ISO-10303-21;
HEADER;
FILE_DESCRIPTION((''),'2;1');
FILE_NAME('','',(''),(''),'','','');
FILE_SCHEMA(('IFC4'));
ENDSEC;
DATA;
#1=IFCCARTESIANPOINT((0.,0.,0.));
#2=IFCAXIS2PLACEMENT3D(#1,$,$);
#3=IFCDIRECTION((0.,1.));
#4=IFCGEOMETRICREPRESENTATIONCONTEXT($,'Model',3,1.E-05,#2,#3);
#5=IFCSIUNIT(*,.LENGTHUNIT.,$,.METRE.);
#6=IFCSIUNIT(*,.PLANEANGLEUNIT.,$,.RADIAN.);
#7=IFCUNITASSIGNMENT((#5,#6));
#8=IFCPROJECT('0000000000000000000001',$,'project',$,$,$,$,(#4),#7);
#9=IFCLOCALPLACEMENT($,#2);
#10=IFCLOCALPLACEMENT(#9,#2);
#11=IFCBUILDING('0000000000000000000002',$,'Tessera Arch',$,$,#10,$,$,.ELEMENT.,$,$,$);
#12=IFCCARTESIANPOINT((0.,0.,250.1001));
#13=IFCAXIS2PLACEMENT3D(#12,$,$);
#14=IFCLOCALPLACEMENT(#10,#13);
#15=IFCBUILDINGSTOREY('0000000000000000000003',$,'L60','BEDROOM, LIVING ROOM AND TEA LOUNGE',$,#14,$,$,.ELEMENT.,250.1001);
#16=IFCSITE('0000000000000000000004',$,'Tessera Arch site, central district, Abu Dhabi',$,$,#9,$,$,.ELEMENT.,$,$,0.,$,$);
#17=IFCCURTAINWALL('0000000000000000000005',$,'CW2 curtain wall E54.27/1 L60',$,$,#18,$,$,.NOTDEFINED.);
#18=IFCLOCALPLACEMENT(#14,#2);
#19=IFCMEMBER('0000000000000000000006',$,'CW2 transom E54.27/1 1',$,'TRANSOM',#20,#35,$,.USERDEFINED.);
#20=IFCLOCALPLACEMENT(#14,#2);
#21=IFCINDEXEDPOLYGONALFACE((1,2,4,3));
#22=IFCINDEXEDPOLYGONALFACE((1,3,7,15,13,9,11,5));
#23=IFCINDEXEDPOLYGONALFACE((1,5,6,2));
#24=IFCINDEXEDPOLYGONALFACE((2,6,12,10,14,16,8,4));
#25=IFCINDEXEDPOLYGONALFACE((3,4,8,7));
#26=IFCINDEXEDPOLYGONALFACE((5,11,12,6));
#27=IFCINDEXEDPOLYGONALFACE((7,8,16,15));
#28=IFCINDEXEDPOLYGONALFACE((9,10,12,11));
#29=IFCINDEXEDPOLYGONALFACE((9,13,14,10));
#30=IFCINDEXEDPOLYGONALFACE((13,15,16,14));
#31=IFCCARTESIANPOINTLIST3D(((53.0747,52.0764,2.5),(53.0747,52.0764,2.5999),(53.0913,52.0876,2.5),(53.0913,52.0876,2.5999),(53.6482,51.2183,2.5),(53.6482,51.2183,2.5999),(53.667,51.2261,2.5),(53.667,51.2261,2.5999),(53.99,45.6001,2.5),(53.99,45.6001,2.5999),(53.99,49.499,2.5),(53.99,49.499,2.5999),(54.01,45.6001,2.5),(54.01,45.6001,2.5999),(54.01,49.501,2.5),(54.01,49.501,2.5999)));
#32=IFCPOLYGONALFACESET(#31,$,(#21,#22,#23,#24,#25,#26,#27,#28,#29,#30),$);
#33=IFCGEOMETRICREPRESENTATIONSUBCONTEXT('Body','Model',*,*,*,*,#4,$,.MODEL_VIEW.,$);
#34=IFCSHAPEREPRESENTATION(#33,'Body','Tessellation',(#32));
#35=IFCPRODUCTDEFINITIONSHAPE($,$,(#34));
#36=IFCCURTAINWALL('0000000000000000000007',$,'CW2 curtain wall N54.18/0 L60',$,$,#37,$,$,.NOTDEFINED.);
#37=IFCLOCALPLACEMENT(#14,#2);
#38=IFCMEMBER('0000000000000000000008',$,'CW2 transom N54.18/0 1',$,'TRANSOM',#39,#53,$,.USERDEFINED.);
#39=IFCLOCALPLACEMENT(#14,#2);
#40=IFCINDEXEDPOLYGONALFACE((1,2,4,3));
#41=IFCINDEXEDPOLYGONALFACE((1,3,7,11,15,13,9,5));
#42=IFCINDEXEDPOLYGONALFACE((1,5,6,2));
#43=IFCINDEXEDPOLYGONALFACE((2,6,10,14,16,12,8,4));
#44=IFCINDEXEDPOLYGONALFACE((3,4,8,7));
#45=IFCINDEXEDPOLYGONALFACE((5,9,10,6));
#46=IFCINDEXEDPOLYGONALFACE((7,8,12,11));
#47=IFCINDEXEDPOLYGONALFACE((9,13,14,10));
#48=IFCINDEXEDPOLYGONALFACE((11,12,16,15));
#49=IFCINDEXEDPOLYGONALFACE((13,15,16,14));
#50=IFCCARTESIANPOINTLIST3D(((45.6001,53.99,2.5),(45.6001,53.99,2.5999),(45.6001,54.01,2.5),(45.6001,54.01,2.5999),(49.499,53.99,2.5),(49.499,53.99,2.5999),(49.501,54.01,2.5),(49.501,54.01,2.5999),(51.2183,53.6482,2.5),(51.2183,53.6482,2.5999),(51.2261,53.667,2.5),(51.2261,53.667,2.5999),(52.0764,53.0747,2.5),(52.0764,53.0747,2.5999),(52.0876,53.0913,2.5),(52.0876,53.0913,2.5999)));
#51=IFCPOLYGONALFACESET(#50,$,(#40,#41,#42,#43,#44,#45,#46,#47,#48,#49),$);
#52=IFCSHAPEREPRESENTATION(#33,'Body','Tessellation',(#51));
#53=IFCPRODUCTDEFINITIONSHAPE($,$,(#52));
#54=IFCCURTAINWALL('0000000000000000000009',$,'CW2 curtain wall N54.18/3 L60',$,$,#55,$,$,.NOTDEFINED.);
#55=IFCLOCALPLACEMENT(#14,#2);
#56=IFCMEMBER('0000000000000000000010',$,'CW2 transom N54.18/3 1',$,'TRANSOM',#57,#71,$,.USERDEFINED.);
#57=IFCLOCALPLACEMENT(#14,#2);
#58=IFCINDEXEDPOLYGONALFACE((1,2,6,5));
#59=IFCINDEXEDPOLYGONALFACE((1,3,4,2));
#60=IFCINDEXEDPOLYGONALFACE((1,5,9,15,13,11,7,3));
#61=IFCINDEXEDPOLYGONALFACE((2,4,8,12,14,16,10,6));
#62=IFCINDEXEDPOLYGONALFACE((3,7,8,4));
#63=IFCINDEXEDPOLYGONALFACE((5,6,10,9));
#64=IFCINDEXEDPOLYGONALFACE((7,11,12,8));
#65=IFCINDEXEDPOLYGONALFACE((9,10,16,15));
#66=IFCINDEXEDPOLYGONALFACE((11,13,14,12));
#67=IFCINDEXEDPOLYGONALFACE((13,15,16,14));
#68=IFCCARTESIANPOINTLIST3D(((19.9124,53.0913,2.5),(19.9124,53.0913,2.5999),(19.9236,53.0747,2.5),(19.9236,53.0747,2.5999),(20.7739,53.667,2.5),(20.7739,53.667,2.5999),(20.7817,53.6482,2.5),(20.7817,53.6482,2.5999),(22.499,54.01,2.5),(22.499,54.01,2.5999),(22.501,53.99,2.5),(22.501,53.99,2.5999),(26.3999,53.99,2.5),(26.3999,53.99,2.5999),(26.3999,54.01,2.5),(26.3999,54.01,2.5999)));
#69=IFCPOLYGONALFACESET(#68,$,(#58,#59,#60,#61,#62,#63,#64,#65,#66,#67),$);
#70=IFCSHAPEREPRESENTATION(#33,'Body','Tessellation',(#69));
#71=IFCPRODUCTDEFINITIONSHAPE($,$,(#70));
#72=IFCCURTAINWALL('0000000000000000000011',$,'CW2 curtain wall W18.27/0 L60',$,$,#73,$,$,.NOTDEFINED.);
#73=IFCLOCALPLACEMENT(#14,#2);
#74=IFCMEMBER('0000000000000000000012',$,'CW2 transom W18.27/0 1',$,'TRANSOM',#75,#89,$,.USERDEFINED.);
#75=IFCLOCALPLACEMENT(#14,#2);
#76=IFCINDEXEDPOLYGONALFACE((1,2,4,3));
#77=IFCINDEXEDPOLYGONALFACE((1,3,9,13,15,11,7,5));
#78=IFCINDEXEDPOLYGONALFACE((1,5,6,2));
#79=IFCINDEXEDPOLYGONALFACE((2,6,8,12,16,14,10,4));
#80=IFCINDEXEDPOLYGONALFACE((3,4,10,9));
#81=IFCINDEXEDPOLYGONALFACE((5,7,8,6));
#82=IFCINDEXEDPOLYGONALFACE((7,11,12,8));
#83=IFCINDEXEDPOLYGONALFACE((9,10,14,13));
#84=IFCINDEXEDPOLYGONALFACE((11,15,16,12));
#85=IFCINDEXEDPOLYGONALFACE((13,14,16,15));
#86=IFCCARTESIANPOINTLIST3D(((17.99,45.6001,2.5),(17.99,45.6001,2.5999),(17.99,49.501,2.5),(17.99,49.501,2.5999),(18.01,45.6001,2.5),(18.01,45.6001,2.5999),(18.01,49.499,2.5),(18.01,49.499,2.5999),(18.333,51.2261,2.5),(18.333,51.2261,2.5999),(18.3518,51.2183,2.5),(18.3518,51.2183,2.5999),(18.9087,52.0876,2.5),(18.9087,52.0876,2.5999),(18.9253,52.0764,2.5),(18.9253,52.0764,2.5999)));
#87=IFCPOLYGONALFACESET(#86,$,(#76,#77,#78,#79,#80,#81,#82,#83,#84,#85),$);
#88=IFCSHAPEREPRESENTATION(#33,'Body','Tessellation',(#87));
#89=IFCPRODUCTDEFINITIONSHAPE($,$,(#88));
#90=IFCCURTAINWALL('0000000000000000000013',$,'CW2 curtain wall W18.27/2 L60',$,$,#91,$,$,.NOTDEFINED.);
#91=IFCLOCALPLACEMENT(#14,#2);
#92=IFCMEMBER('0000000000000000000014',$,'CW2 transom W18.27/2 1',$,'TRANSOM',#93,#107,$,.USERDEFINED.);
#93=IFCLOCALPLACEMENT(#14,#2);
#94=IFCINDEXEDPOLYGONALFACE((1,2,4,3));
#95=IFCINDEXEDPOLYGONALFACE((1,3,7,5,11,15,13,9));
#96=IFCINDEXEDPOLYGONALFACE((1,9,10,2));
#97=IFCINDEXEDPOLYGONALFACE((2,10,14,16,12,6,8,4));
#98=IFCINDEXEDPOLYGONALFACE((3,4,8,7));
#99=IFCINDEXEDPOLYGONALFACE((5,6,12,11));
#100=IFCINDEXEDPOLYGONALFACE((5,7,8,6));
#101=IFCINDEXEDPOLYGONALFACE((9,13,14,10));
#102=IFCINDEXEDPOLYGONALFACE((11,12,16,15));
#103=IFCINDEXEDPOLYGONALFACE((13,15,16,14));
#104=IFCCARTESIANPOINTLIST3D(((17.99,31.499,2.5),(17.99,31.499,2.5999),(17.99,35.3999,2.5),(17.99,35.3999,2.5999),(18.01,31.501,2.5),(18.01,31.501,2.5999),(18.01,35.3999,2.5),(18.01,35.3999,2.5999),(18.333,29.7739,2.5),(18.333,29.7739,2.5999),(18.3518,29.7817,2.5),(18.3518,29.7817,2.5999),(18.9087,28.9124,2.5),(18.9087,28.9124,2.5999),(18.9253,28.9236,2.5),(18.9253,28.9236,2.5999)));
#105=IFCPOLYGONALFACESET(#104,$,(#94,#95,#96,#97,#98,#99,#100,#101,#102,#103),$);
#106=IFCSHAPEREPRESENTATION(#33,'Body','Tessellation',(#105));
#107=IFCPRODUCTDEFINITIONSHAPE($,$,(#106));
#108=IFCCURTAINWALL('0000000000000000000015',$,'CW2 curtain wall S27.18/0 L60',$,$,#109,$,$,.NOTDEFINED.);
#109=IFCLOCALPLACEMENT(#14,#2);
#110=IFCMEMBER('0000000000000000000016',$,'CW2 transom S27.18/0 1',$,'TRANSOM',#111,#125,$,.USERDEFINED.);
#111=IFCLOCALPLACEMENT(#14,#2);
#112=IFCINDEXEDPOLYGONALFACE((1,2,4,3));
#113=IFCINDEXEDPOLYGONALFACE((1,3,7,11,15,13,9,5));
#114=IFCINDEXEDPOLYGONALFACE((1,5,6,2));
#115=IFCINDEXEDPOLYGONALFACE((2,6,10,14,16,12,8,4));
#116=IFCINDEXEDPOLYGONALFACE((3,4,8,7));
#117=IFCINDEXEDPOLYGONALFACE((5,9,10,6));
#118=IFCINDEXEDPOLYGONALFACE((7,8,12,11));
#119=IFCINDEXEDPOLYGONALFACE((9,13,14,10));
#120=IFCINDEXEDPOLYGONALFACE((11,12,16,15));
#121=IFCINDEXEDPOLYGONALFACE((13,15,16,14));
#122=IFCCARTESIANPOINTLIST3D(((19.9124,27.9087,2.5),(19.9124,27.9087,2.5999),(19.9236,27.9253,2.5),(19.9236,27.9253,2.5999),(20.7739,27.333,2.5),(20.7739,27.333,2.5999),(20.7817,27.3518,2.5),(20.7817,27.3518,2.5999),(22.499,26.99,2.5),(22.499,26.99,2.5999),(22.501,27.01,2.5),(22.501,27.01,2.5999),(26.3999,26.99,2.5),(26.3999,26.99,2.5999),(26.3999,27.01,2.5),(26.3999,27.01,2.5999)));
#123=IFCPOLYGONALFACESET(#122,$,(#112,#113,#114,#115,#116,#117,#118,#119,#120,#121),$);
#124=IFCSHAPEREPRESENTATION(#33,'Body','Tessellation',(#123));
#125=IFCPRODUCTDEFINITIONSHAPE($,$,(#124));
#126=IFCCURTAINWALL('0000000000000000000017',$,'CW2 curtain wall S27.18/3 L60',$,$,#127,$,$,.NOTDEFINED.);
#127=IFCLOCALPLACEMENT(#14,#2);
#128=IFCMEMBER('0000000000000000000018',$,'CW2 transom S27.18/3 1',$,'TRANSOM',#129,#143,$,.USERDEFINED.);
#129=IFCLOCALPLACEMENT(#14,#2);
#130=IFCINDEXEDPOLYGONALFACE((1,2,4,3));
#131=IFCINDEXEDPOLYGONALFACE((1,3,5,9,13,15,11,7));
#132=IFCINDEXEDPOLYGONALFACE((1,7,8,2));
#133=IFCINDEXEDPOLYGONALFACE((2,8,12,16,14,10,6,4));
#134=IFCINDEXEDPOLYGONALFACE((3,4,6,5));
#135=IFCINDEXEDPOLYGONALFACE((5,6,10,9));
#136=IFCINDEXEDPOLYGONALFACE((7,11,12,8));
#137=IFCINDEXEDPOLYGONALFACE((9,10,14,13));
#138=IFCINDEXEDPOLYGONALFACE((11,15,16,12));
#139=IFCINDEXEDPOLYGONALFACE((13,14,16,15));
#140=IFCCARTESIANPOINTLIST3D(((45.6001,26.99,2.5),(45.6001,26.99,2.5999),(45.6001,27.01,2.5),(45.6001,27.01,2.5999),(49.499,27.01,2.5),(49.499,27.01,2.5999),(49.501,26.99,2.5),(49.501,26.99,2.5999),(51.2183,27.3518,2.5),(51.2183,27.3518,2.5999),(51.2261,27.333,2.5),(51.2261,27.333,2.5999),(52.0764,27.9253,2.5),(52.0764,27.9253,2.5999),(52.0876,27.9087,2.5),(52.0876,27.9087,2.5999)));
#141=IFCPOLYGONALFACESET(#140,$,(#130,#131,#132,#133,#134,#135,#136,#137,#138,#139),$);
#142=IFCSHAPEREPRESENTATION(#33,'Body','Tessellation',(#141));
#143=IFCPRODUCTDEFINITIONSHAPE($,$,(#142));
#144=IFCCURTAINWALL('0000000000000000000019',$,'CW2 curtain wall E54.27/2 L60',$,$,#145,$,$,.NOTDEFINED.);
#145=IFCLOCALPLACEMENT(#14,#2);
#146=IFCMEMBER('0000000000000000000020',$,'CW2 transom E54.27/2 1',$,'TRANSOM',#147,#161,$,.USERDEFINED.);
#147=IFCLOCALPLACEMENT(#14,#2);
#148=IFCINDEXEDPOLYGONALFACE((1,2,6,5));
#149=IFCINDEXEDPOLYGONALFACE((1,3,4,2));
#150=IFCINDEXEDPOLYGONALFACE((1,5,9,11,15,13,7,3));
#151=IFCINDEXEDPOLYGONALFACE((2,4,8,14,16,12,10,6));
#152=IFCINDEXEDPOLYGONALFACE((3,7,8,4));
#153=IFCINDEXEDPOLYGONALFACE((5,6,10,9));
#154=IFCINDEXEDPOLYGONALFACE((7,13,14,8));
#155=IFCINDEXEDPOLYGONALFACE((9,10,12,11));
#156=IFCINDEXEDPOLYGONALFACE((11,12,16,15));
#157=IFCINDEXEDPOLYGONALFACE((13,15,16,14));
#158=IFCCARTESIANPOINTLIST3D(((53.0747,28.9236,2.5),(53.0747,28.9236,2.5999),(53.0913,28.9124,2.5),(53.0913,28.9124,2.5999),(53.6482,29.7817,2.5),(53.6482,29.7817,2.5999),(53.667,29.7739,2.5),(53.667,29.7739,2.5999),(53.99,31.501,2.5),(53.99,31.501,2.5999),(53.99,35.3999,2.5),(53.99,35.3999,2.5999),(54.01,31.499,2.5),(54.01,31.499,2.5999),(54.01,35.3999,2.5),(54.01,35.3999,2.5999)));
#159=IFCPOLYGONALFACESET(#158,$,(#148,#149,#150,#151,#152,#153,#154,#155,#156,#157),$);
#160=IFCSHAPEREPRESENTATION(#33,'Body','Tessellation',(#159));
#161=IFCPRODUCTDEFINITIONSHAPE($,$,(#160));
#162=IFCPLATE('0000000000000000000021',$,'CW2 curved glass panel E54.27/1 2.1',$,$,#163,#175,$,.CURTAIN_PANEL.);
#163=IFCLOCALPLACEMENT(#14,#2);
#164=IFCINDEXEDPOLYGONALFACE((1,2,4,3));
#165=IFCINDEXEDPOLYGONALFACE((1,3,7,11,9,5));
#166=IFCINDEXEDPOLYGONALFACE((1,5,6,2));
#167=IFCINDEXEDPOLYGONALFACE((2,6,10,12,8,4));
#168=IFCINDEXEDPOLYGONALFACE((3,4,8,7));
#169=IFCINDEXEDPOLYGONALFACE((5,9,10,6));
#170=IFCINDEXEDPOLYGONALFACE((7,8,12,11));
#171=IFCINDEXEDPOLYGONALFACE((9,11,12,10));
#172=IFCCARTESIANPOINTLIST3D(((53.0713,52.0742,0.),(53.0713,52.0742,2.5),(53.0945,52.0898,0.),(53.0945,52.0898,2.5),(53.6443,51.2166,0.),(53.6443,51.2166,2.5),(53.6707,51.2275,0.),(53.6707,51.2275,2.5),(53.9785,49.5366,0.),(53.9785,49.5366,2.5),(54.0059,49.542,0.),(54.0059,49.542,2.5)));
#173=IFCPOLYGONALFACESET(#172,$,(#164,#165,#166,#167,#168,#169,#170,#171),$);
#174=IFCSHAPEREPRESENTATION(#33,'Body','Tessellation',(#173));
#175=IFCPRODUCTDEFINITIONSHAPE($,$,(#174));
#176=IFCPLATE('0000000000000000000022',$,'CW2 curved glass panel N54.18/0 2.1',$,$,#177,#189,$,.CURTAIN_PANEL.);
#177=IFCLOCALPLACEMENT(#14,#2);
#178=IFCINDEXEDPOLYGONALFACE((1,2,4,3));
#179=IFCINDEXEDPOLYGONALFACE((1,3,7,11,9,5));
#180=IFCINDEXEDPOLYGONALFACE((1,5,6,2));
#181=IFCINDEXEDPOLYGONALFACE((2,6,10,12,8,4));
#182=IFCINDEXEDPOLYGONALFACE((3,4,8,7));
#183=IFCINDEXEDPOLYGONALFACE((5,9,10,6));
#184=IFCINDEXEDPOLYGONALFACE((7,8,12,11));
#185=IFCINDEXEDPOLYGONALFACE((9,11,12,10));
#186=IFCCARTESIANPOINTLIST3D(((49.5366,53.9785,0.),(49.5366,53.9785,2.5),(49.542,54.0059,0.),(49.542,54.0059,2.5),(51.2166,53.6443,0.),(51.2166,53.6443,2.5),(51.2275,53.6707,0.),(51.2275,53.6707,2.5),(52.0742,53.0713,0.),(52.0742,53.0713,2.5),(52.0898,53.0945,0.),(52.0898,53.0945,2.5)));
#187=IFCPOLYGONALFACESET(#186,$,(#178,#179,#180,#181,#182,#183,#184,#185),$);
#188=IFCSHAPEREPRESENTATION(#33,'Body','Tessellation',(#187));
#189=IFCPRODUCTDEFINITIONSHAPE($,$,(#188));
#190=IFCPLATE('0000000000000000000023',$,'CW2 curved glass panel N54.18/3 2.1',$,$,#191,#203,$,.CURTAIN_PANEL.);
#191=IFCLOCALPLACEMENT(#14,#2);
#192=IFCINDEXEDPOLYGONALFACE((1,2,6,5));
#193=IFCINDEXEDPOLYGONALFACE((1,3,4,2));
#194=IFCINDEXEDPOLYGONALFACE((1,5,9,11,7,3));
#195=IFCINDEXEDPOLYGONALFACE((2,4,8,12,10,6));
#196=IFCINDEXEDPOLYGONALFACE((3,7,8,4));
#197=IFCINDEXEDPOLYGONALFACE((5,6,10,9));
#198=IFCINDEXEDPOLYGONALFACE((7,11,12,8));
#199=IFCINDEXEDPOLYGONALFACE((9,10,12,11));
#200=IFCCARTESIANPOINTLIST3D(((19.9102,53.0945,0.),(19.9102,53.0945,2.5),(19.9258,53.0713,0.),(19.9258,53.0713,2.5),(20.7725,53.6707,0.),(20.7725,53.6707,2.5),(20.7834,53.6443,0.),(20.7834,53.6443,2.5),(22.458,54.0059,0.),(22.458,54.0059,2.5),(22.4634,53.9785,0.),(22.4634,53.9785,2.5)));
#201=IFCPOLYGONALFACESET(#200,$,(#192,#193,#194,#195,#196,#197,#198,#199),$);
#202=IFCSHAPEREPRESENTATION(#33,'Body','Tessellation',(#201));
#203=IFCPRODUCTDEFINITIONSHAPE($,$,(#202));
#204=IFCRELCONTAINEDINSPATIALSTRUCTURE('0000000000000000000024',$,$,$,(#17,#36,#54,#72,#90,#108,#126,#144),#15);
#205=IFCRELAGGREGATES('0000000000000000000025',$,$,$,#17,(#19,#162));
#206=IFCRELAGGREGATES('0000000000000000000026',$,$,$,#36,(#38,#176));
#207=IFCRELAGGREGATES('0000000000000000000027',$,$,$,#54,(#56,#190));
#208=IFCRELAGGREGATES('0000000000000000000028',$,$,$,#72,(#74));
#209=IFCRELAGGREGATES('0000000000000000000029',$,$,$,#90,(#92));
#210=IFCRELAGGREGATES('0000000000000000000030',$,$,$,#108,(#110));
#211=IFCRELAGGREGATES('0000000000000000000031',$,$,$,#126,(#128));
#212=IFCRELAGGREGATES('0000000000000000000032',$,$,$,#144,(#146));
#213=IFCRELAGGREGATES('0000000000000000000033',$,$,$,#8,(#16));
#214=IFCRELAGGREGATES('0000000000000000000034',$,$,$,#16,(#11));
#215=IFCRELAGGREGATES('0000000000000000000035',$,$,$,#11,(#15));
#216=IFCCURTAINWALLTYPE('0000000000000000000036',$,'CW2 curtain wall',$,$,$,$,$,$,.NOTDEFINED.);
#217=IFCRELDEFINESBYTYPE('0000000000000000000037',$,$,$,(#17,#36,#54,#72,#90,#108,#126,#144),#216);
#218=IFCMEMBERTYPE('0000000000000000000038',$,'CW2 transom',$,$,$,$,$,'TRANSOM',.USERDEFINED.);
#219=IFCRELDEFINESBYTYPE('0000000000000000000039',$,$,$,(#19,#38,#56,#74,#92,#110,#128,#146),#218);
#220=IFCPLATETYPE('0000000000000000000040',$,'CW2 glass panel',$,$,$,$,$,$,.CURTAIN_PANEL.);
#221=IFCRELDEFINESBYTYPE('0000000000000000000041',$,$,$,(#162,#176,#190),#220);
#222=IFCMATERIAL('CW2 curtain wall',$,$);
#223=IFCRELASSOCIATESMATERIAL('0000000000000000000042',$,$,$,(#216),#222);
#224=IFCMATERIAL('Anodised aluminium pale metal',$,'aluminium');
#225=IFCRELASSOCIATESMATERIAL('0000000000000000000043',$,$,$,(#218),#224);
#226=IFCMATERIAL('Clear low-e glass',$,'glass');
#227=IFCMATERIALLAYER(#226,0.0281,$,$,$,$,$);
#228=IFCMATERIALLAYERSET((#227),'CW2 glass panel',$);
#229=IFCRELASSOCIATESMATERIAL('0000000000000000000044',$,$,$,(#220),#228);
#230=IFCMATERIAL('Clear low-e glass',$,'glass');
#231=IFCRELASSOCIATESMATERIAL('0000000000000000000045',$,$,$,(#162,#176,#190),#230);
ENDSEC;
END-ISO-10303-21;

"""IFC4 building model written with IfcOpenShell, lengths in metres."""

from ifc_helpers import new_model, si_unit, direction, frame, origin, origin_2d, place, context, subcontext, project, spatial, polyline, rectangle, outline, extrude, material, layer, layer_set, material_profile, profile_set, type_object, element, aggregate, save


model = new_model("IFC4")

# Units and contexts
model_context = context("Model", 3, precision=1e-05, world=origin(), true_north=direction((0.0, 1.0)))
body_context = subcontext(model_context, "Body", "Model", "MODEL_VIEW")
ifc_project = project(units=[si_unit("LENGTHUNIT", "METRE"), si_unit("PLANEANGLEUNIT", "RADIAN")], contexts=[model_context])

# Site, building, storey
site_placement = place(None, origin())
site = spatial("IfcSite", under=ifc_project, at=site_placement, Name="Tessera Arch site, central district, Abu Dhabi", CompositionType="ELEMENT", RefElevation=0.0)
building_placement = place(site_placement, origin())
building = spatial("IfcBuilding", under=site, at=building_placement, Name="Tessera Arch", CompositionType="ELEMENT")
storey_placement = place(building_placement, frame((0.0, 0.0, 250.1001)))
storey = spatial("IfcBuildingStorey", under=building, at=storey_placement, Name="L60", Description="BEDROOM, LIVING ROOM AND TEA LOUNGE", CompositionType="ELEMENT", Elevation=250.1001)

# Curtain walls, members
ifc_material_1 = material(Name="CW2 curtain wall")
curtain_wall_type = type_object("IfcCurtainWallType", Name="CW2 curtain wall", PredefinedType="NOTDEFINED", material=ifc_material_1)
curtain_wall_1_placement = place(storey_placement, origin())
curtain_wall_1 = element("IfcCurtainWall", 1, at=curtain_wall_1_placement, inside=storey, type_object=curtain_wall_type, Name="CW2 curtain wall E54.27/1 L60", PredefinedType="NOTDEFINED")
ifc_material_2 = material(Name="Anodised aluminium pale metal", Category="aluminium")
ifc_material_profile = material_profile(ifc_material_2, rectangle(XDim=0.2, YDim=0.1001, at=origin_2d()), Name="AL 200x100")
ifc_profile_set = profile_set([ifc_material_profile], Name="Anodised aluminium pale metal")
member_type = type_object("IfcMemberType", Name="CW2 transom", ElementType="TRANSOM", PredefinedType="USERDEFINED", material=ifc_profile_set)
member_1_placement = place(storey_placement, frame((0.0, 0.0, 2.5)))
member_1 = element("IfcMember", 2, at=member_1_placement, type_object=member_type, Name="CW2 transom E54.27/1 1", ObjectType="TRANSOM", PredefinedType="USERDEFINED", context=body_context, shape_type="SweptSolid", body=[
    extrude(outline(polyline([(53.99, 49.499), (53.99, 45.6001), (54.01, 45.6001), (54.01, 49.501), (53.667, 51.2261), (53.0913, 52.0876), (53.0747, 52.0764), (53.6482, 51.2183), (53.99, 49.499)])), origin(), (0.0, 0.0, 1.0), 0.0999),
])
curtain_wall_2_placement = place(storey_placement, origin())
curtain_wall_2 = element("IfcCurtainWall", 3, at=curtain_wall_2_placement, inside=storey, type_object=curtain_wall_type, Name="CW2 curtain wall N54.18/0 L60", PredefinedType="NOTDEFINED")
member_2_placement = place(storey_placement, frame((0.0, 0.0, 2.5)))
member_2 = element("IfcMember", 4, at=member_2_placement, type_object=member_type, Name="CW2 transom N54.18/0 1", ObjectType="TRANSOM", PredefinedType="USERDEFINED", context=body_context, shape_type="SweptSolid", body=[
    extrude(outline(polyline([(51.2183, 53.6482), (52.0764, 53.0747), (52.0876, 53.0913), (51.2261, 53.667), (49.501, 54.01), (45.6001, 54.01), (45.6001, 53.99), (49.499, 53.99), (51.2183, 53.6482)])), origin(), (0.0, 0.0, 1.0), 0.0999),
])
curtain_wall_3_placement = place(storey_placement, origin())
curtain_wall_3 = element("IfcCurtainWall", 5, at=curtain_wall_3_placement, inside=storey, type_object=curtain_wall_type, Name="CW2 curtain wall N54.18/3 L60", PredefinedType="NOTDEFINED")
member_3_placement = place(storey_placement, frame((0.0, 0.0, 2.5)))
member_3 = element("IfcMember", 6, at=member_3_placement, type_object=member_type, Name="CW2 transom N54.18/3 1", ObjectType="TRANSOM", PredefinedType="USERDEFINED", context=body_context, shape_type="SweptSolid", body=[
    extrude(outline(polyline([(22.501, 53.99), (26.3999, 53.99), (26.3999, 54.01), (22.499, 54.01), (20.7739, 53.667), (19.9124, 53.0913), (19.9236, 53.0747), (20.7817, 53.6482), (22.501, 53.99)])), origin(), (0.0, 0.0, 1.0), 0.0999),
])
curtain_wall_4_placement = place(storey_placement, origin())
curtain_wall_4 = element("IfcCurtainWall", 7, at=curtain_wall_4_placement, inside=storey, type_object=curtain_wall_type, Name="CW2 curtain wall W18.27/0 L60", PredefinedType="NOTDEFINED")
member_4_placement = place(storey_placement, frame((0.0, 0.0, 2.5)))
member_4 = element("IfcMember", 8, at=member_4_placement, type_object=member_type, Name="CW2 transom W18.27/0 1", ObjectType="TRANSOM", PredefinedType="USERDEFINED", context=body_context, shape_type="SweptSolid", body=[
    extrude(outline(polyline([(18.3518, 51.2183), (18.9253, 52.0764), (18.9087, 52.0876), (18.333, 51.2261), (17.99, 49.501), (17.99, 45.6001), (18.01, 45.6001), (18.01, 49.499), (18.3518, 51.2183)])), origin(), (0.0, 0.0, 1.0), 0.0999),
])
curtain_wall_5_placement = place(storey_placement, origin())
curtain_wall_5 = element("IfcCurtainWall", 9, at=curtain_wall_5_placement, inside=storey, type_object=curtain_wall_type, Name="CW2 curtain wall W18.27/2 L60", PredefinedType="NOTDEFINED")
member_5_placement = place(storey_placement, frame((0.0, 0.0, 2.5)))
member_5 = element("IfcMember", 10, at=member_5_placement, type_object=member_type, Name="CW2 transom W18.27/2 1", ObjectType="TRANSOM", PredefinedType="USERDEFINED", context=body_context, shape_type="SweptSolid", body=[
    extrude(outline(polyline([(18.01, 31.501), (18.01, 35.3999), (17.99, 35.3999), (17.99, 31.499), (18.333, 29.7739), (18.9087, 28.9124), (18.9253, 28.9236), (18.3518, 29.7817), (18.01, 31.501)])), origin(), (0.0, 0.0, 1.0), 0.0999),
])
curtain_wall_6_placement = place(storey_placement, origin())
curtain_wall_6 = element("IfcCurtainWall", 11, at=curtain_wall_6_placement, inside=storey, type_object=curtain_wall_type, Name="CW2 curtain wall S27.18/0 L60", PredefinedType="NOTDEFINED")
member_6_placement = place(storey_placement, frame((0.0, 0.0, 2.5)))
member_6 = element("IfcMember", 12, at=member_6_placement, type_object=member_type, Name="CW2 transom S27.18/0 1", ObjectType="TRANSOM", PredefinedType="USERDEFINED", context=body_context, shape_type="SweptSolid", body=[
    extrude(outline(polyline([(20.7817, 27.3518), (19.9236, 27.9253), (19.9124, 27.9087), (20.7739, 27.333), (22.499, 26.99), (26.3999, 26.99), (26.3999, 27.01), (22.501, 27.01), (20.7817, 27.3518)])), origin(), (0.0, 0.0, 1.0), 0.0999),
])
curtain_wall_7_placement = place(storey_placement, origin())
curtain_wall_7 = element("IfcCurtainWall", 13, at=curtain_wall_7_placement, inside=storey, type_object=curtain_wall_type, Name="CW2 curtain wall S27.18/3 L60", PredefinedType="NOTDEFINED")
member_7_placement = place(storey_placement, frame((0.0, 0.0, 2.5)))
member_7 = element("IfcMember", 14, at=member_7_placement, type_object=member_type, Name="CW2 transom S27.18/3 1", ObjectType="TRANSOM", PredefinedType="USERDEFINED", context=body_context, shape_type="SweptSolid", body=[
    extrude(outline(polyline([(49.499, 27.01), (45.6001, 27.01), (45.6001, 26.99), (49.501, 26.99), (51.2261, 27.333), (52.0876, 27.9087), (52.0764, 27.9253), (51.2183, 27.3518), (49.499, 27.01)])), origin(), (0.0, 0.0, 1.0), 0.0999),
])
curtain_wall_8_placement = place(storey_placement, origin())
curtain_wall_8 = element("IfcCurtainWall", 15, at=curtain_wall_8_placement, inside=storey, type_object=curtain_wall_type, Name="CW2 curtain wall E54.27/2 L60", PredefinedType="NOTDEFINED")
member_8_placement = place(storey_placement, frame((0.0, 0.0, 2.5)))
member_8 = element("IfcMember", 16, at=member_8_placement, type_object=member_type, Name="CW2 transom E54.27/2 1", ObjectType="TRANSOM", PredefinedType="USERDEFINED", context=body_context, shape_type="SweptSolid", body=[
    extrude(outline(polyline([(53.6482, 29.7817), (53.0747, 28.9236), (53.0913, 28.9124), (53.667, 29.7739), (54.01, 31.499), (54.01, 35.3999), (53.99, 35.3999), (53.99, 31.501), (53.6482, 29.7817)])), origin(), (0.0, 0.0, 1.0), 0.0999),
])

# Plates
ifc_material_3 = material(Name="Clear low-e glass", Category="glass")
ifc_material_4 = material(Name="Clear low-e glass", Category="glass")
ifc_layer_1 = layer(ifc_material_4, 0.0281)
ifc_layer_set_1 = layer_set([ifc_layer_1], Name="CW2 glass panel")
plate_type_1 = type_object("IfcPlateType", Name="CW2 glass panel", PredefinedType="CURTAIN_PANEL", material=ifc_layer_set_1)
plate_1_placement = place(storey_placement, origin())
plate_1 = element("IfcPlate", 17, at=plate_1_placement, type_object=plate_type_1, material=ifc_material_3, Name="CW2 curved glass panel E54.27/1 2.1", PredefinedType="CURTAIN_PANEL", context=body_context, shape_type="SweptSolid", body=[
    extrude(outline(polyline([(53.6443, 51.2166), (53.9785, 49.5366), (54.0059, 49.542), (53.6707, 51.2275), (53.0945, 52.0898), (53.0713, 52.0742), (53.6443, 51.2166)])), origin(), (0.0, 0.0, 1.0), 2.5),
])
plate_2_placement = place(storey_placement, origin())
plate_2 = element("IfcPlate", 18, at=plate_2_placement, type_object=plate_type_1, material=ifc_material_3, Name="CW2 curved glass panel N54.18/0 2.1", PredefinedType="CURTAIN_PANEL", context=body_context, shape_type="SweptSolid", body=[
    extrude(outline(polyline([(51.2166, 53.6443), (52.0742, 53.0713), (52.0898, 53.0945), (51.2275, 53.6707), (49.542, 54.0059), (49.5366, 53.9785), (51.2166, 53.6443)])), origin(), (0.0, 0.0, 1.0), 2.5),
])
plate_3_placement = place(storey_placement, origin())
plate_3 = element("IfcPlate", 19, at=plate_3_placement, type_object=plate_type_1, material=ifc_material_3, Name="CW2 curved glass panel N54.18/3 2.1", PredefinedType="CURTAIN_PANEL", context=body_context, shape_type="SweptSolid", body=[
    extrude(outline(polyline([(20.7834, 53.6443), (22.4634, 53.9785), (22.458, 54.0059), (20.7725, 53.6707), (19.9102, 53.0945), (19.9258, 53.0713), (20.7834, 53.6443)])), origin(), (0.0, 0.0, 1.0), 2.5),
])
aggregate(curtain_wall_1, [member_1, plate_1])
aggregate(curtain_wall_2, [member_2, plate_2])
aggregate(curtain_wall_3, [member_3, plate_3])
aggregate(curtain_wall_4, [member_4])
aggregate(curtain_wall_5, [member_5])
aggregate(curtain_wall_6, [member_6])
aggregate(curtain_wall_7, [member_7])
aggregate(curtain_wall_8, [member_8])

save(model, "model.ifc")
